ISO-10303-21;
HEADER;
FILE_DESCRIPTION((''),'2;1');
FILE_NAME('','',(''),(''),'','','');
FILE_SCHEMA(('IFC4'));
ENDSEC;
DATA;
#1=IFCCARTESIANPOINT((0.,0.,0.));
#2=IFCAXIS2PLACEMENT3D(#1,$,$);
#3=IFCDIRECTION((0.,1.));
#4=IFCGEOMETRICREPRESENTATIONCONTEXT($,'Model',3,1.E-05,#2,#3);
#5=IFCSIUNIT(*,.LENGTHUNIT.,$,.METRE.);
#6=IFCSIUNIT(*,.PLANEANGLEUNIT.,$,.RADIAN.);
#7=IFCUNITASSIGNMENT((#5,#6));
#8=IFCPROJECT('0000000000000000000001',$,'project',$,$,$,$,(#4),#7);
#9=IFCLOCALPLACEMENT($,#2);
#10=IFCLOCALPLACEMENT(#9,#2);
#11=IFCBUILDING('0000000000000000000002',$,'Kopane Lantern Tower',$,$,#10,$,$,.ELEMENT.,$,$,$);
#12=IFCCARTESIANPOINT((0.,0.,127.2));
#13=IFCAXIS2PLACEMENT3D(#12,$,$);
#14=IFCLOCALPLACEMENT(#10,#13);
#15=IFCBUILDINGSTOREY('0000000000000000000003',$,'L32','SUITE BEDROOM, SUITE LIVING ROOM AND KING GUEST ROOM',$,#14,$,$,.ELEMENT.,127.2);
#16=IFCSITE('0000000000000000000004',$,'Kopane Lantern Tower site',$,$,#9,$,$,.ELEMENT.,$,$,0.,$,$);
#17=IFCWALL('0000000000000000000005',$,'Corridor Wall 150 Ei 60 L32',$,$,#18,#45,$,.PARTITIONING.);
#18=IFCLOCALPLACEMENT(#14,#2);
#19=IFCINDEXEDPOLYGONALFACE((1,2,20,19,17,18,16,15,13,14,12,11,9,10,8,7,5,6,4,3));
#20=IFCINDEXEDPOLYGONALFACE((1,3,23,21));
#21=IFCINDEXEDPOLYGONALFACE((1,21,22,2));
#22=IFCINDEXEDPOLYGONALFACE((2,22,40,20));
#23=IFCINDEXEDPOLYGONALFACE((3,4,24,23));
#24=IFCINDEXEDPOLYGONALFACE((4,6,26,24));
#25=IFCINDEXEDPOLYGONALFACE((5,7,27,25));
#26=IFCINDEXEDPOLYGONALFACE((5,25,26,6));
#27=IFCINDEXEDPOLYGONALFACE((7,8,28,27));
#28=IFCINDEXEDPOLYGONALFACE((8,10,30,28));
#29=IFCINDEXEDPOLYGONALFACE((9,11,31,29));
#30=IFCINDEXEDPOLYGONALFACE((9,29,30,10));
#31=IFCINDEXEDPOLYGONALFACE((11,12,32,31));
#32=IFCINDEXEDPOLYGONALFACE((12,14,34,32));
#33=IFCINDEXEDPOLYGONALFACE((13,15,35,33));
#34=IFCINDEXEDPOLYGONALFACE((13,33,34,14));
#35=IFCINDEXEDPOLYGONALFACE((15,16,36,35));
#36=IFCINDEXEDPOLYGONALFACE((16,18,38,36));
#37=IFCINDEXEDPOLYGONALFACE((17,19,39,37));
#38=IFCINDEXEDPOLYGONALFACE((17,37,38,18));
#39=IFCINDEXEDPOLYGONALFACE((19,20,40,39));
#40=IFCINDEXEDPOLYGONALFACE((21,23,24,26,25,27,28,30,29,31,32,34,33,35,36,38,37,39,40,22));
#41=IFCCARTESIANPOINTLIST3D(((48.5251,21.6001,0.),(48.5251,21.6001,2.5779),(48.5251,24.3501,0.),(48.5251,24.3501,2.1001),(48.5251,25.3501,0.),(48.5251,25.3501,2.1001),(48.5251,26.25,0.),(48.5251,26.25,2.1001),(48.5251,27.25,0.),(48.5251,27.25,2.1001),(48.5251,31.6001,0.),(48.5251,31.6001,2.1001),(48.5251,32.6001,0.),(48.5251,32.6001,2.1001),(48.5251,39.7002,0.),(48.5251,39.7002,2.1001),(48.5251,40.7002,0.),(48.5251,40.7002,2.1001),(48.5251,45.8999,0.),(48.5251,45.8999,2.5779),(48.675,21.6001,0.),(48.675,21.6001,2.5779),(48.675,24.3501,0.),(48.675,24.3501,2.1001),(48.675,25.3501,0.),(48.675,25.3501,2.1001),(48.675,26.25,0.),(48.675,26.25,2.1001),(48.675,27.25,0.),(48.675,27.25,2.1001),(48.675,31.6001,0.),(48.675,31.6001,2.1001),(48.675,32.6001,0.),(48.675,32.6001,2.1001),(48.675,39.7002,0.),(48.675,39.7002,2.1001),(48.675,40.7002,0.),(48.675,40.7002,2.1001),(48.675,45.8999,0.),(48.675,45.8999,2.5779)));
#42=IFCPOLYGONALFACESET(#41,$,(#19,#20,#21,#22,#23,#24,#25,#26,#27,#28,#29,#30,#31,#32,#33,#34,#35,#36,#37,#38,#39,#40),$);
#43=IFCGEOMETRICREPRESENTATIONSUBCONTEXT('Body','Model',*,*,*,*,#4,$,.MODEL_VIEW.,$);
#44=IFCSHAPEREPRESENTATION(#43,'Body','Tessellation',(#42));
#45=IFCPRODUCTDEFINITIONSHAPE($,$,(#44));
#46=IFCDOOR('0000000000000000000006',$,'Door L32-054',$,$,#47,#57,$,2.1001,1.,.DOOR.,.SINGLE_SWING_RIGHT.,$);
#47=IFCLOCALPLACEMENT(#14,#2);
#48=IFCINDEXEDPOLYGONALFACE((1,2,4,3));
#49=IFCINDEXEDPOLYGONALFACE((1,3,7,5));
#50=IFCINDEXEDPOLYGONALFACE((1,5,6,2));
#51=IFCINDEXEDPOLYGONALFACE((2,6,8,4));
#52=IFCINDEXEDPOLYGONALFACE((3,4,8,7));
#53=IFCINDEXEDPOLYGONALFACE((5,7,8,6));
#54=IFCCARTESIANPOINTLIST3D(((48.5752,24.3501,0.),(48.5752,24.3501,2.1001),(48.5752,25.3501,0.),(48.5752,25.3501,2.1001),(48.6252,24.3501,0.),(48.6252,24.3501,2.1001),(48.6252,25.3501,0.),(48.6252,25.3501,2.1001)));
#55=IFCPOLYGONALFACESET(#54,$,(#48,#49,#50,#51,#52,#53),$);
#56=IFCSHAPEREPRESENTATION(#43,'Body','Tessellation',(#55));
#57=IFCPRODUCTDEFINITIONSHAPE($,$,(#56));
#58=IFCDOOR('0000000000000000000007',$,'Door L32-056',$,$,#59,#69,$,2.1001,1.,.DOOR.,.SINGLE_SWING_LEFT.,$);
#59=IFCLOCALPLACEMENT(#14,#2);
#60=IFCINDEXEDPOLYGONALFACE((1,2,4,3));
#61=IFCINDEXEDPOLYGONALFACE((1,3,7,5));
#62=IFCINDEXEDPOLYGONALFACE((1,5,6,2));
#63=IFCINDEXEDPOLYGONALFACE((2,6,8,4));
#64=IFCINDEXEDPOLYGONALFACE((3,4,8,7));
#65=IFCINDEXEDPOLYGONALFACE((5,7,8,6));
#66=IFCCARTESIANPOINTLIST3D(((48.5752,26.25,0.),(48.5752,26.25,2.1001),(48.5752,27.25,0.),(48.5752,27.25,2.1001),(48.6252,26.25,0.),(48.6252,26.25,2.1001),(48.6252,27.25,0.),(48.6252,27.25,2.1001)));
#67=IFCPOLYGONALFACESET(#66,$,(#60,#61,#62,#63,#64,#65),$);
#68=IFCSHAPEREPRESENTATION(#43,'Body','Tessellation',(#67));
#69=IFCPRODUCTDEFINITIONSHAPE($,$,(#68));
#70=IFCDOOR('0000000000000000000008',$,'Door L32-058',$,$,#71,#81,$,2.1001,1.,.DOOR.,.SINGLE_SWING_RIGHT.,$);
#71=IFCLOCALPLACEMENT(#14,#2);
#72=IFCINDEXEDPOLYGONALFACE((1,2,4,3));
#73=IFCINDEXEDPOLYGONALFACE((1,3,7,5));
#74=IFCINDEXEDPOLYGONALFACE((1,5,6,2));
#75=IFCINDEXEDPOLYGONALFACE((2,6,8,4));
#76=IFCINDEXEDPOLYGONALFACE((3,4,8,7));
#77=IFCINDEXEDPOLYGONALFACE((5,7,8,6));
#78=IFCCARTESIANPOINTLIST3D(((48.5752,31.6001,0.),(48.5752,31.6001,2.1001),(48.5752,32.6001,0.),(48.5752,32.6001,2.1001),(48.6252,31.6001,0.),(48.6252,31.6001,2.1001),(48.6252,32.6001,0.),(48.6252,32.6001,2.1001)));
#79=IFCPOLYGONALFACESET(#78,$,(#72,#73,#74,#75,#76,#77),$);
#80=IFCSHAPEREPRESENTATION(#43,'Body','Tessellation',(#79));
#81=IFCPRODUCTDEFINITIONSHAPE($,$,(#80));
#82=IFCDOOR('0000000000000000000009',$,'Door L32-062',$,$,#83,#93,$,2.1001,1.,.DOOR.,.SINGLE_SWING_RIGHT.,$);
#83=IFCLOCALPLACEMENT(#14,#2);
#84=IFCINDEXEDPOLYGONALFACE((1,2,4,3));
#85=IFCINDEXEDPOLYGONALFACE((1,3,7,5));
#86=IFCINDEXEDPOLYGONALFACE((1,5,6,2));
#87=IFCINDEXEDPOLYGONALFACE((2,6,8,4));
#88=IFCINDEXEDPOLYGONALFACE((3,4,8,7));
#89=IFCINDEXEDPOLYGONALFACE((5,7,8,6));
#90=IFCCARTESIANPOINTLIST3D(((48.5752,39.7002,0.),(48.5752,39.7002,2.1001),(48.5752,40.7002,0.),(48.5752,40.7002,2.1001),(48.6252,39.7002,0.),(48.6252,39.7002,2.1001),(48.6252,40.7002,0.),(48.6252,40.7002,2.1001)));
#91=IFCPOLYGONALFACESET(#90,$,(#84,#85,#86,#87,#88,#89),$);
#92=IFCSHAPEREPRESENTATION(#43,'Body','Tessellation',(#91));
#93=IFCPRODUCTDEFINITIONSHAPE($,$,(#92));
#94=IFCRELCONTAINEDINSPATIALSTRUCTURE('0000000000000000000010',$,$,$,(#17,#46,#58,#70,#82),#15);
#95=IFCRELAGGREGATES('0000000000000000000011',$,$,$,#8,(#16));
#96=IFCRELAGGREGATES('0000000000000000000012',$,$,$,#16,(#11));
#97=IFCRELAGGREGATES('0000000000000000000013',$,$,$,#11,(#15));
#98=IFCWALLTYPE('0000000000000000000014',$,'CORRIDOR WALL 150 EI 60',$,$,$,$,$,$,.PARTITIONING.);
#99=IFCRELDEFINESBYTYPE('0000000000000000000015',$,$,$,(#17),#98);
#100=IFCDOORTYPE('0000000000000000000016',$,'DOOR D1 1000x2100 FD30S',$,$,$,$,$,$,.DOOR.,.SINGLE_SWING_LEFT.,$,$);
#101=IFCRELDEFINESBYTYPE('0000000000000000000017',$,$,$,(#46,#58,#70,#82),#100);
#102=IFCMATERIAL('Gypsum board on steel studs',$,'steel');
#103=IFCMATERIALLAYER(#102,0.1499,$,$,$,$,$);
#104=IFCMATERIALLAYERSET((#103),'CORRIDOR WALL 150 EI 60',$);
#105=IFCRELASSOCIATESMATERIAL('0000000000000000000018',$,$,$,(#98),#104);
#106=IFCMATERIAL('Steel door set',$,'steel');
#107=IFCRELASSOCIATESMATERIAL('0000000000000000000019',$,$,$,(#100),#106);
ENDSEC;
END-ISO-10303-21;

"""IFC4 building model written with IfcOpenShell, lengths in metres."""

from ifc_helpers import new_model, si_unit, direction, frame, frame_2d, origin, place, context, subcontext, project, spatial, rectangle, extrude, material, layer, layer_set, type_object, element, fill, save


model = new_model("IFC4")

# Units and contexts
model_context = context("Model", 3, precision=1e-05, world=origin(), true_north=direction((0.0, 1.0)))
body_context = subcontext(model_context, "Body", "Model", "MODEL_VIEW")
ifc_project = project(units=[si_unit("LENGTHUNIT", "METRE"), si_unit("PLANEANGLEUNIT", "RADIAN")], contexts=[model_context])

# Site, building, storey
site_placement = place(None, origin())
site = spatial("IfcSite", under=ifc_project, at=site_placement, Name="Kopane Lantern Tower site", CompositionType="ELEMENT", RefElevation=0.0)
building_placement = place(site_placement, origin())
building = spatial("IfcBuilding", under=site, at=building_placement, Name="Kopane Lantern Tower", CompositionType="ELEMENT")
storey_placement = place(building_placement, frame((0.0, 0.0, 127.2)))
storey = spatial("IfcBuildingStorey", under=building, at=storey_placement, Name="L32", Description="SUITE BEDROOM, SUITE LIVING ROOM AND KING GUEST ROOM", CompositionType="ELEMENT", Elevation=127.2)

# Wall, openings, doors
ifc_material_1 = material(Name="Gypsum board on steel studs", Category="steel")
ifc_layer_1 = layer(ifc_material_1, 0.1499)
ifc_layer_set_1 = layer_set([ifc_layer_1], Name="CORRIDOR WALL 150 EI 60")
wall_type_1 = type_object("IfcWallType", Name="CORRIDOR WALL 150 EI 60", PredefinedType="PARTITIONING", material=ifc_layer_set_1)
wall_1_placement = place(storey_placement, frame((48.6001, 21.6001, 0.0), z_axis=(0.0, 0.0, 1.0), x_axis=(0.0, 1.0, 0.0)))
wall_1 = element("IfcWall", 1, at=wall_1_placement, inside=storey, type_object=wall_type_1, Name="Corridor Wall 150 Ei 60 L32", PredefinedType="PARTITIONING", context=body_context, shape_type="SweptSolid", body=[
    extrude(rectangle(XDim=24.2998, YDim=0.1499, at=frame_2d((12.1499, 0.0))), origin(), (0.0, 0.0, 1.0), 2.5779),
])
opening_1_placement = place(wall_1_placement, frame((2.75, 0.0, 0.0)))
opening_1 = element("IfcOpeningElement", 2, at=opening_1_placement, cuts=wall_1, PredefinedType="OPENING", context=body_context, shape_type="SweptSolid", body=[
    extrude(rectangle(XDim=1.0, YDim=2.1001, at=frame_2d((0.5, 1.05))), frame((0.0, 0.085, 0.0), z_axis=(0.0, -1.0, 0.0), x_axis=(1.0, 0.0, 0.0)), (0.0, 0.0, 1.0), 0.1699),
])
opening_2_placement = place(wall_1_placement, frame((4.6499, 0.0, 0.0)))
opening_2 = element("IfcOpeningElement", 3, at=opening_2_placement, cuts=wall_1, PredefinedType="OPENING", context=body_context, shape_type="SweptSolid", body=[
    extrude(rectangle(XDim=1.0, YDim=2.1001, at=frame_2d((0.5, 1.05))), frame((0.0, 0.085, 0.0), z_axis=(0.0, -1.0, 0.0), x_axis=(1.0, 0.0, 0.0)), (0.0, 0.0, 1.0), 0.1699),
])
opening_3_placement = place(wall_1_placement, frame((10.0, 0.0, 0.0)))
opening_3 = element("IfcOpeningElement", 4, at=opening_3_placement, cuts=wall_1, PredefinedType="OPENING", context=body_context, shape_type="SweptSolid", body=[
    extrude(rectangle(XDim=1.0, YDim=2.1001, at=frame_2d((0.5, 1.05))), frame((0.0, 0.085, 0.0), z_axis=(0.0, -1.0, 0.0), x_axis=(1.0, 0.0, 0.0)), (0.0, 0.0, 1.0), 0.1699),
])
opening_4_placement = place(wall_1_placement, frame((18.1001, 0.0, 0.0)))
opening_4 = element("IfcOpeningElement", 5, at=opening_4_placement, cuts=wall_1, PredefinedType="OPENING", context=body_context, shape_type="SweptSolid", body=[
    extrude(rectangle(XDim=1.0, YDim=2.1001, at=frame_2d((0.5, 1.05))), frame((0.0, 0.085, 0.0), z_axis=(0.0, -1.0, 0.0), x_axis=(1.0, 0.0, 0.0)), (0.0, 0.0, 1.0), 0.1699),
])
ifc_material_2 = material(Name="Steel door set", Category="steel")
door_type_1 = type_object("IfcDoorType", Name="DOOR D1 1000x2100 FD30S", OperationType="SINGLE_SWING_LEFT", PredefinedType="DOOR", material=ifc_material_2)
door_1_placement = place(opening_1_placement, origin())
door_1 = element("IfcDoor", 6, at=door_1_placement, inside=storey, type_object=door_type_1, Name="Door L32-054", OperationType="SINGLE_SWING_RIGHT", OverallHeight=2.1001, OverallWidth=1.0, PredefinedType="DOOR", context=body_context, shape_type="SweptSolid", body=[
    extrude(rectangle(XDim=1.0, YDim=2.1001, at=frame_2d((0.5, 1.05))), frame((0.0, 0.0249, 0.0), z_axis=(0.0, -1.0, 0.0), x_axis=(1.0, 0.0, 0.0)), (0.0, 0.0, 1.0), 0.05),
])
fill(opening_1, door_1)
door_2_placement = place(opening_2_placement, origin())
door_2 = element("IfcDoor", 7, at=door_2_placement, inside=storey, type_object=door_type_1, Name="Door L32-056", OperationType="SINGLE_SWING_LEFT", OverallHeight=2.1001, OverallWidth=1.0, PredefinedType="DOOR", context=body_context, shape_type="SweptSolid", body=[
    extrude(rectangle(XDim=1.0, YDim=2.1001, at=frame_2d((0.5, 1.05))), frame((0.0, 0.0249, 0.0), z_axis=(0.0, -1.0, 0.0), x_axis=(1.0, 0.0, 0.0)), (0.0, 0.0, 1.0), 0.05),
])
fill(opening_2, door_2)
door_3_placement = place(opening_3_placement, origin())
door_3 = element("IfcDoor", 8, at=door_3_placement, inside=storey, type_object=door_type_1, Name="Door L32-058", OperationType="SINGLE_SWING_RIGHT", OverallHeight=2.1001, OverallWidth=1.0, PredefinedType="DOOR", context=body_context, shape_type="SweptSolid", body=[
    extrude(rectangle(XDim=1.0, YDim=2.1001, at=frame_2d((0.5, 1.05))), frame((0.0, 0.0249, 0.0), z_axis=(0.0, -1.0, 0.0), x_axis=(1.0, 0.0, 0.0)), (0.0, 0.0, 1.0), 0.05),
])
fill(opening_3, door_3)
door_4_placement = place(opening_4_placement, origin())
door_4 = element("IfcDoor", 9, at=door_4_placement, inside=storey, type_object=door_type_1, Name="Door L32-062", OperationType="SINGLE_SWING_RIGHT", OverallHeight=2.1001, OverallWidth=1.0, PredefinedType="DOOR", context=body_context, shape_type="SweptSolid", body=[
    extrude(rectangle(XDim=1.0, YDim=2.1001, at=frame_2d((0.5, 1.05))), frame((0.0, 0.0249, 0.0), z_axis=(0.0, -1.0, 0.0), x_axis=(1.0, 0.0, 0.0)), (0.0, 0.0, 1.0), 0.05),
])
fill(opening_4, door_4)

save(model, "model.ifc")
